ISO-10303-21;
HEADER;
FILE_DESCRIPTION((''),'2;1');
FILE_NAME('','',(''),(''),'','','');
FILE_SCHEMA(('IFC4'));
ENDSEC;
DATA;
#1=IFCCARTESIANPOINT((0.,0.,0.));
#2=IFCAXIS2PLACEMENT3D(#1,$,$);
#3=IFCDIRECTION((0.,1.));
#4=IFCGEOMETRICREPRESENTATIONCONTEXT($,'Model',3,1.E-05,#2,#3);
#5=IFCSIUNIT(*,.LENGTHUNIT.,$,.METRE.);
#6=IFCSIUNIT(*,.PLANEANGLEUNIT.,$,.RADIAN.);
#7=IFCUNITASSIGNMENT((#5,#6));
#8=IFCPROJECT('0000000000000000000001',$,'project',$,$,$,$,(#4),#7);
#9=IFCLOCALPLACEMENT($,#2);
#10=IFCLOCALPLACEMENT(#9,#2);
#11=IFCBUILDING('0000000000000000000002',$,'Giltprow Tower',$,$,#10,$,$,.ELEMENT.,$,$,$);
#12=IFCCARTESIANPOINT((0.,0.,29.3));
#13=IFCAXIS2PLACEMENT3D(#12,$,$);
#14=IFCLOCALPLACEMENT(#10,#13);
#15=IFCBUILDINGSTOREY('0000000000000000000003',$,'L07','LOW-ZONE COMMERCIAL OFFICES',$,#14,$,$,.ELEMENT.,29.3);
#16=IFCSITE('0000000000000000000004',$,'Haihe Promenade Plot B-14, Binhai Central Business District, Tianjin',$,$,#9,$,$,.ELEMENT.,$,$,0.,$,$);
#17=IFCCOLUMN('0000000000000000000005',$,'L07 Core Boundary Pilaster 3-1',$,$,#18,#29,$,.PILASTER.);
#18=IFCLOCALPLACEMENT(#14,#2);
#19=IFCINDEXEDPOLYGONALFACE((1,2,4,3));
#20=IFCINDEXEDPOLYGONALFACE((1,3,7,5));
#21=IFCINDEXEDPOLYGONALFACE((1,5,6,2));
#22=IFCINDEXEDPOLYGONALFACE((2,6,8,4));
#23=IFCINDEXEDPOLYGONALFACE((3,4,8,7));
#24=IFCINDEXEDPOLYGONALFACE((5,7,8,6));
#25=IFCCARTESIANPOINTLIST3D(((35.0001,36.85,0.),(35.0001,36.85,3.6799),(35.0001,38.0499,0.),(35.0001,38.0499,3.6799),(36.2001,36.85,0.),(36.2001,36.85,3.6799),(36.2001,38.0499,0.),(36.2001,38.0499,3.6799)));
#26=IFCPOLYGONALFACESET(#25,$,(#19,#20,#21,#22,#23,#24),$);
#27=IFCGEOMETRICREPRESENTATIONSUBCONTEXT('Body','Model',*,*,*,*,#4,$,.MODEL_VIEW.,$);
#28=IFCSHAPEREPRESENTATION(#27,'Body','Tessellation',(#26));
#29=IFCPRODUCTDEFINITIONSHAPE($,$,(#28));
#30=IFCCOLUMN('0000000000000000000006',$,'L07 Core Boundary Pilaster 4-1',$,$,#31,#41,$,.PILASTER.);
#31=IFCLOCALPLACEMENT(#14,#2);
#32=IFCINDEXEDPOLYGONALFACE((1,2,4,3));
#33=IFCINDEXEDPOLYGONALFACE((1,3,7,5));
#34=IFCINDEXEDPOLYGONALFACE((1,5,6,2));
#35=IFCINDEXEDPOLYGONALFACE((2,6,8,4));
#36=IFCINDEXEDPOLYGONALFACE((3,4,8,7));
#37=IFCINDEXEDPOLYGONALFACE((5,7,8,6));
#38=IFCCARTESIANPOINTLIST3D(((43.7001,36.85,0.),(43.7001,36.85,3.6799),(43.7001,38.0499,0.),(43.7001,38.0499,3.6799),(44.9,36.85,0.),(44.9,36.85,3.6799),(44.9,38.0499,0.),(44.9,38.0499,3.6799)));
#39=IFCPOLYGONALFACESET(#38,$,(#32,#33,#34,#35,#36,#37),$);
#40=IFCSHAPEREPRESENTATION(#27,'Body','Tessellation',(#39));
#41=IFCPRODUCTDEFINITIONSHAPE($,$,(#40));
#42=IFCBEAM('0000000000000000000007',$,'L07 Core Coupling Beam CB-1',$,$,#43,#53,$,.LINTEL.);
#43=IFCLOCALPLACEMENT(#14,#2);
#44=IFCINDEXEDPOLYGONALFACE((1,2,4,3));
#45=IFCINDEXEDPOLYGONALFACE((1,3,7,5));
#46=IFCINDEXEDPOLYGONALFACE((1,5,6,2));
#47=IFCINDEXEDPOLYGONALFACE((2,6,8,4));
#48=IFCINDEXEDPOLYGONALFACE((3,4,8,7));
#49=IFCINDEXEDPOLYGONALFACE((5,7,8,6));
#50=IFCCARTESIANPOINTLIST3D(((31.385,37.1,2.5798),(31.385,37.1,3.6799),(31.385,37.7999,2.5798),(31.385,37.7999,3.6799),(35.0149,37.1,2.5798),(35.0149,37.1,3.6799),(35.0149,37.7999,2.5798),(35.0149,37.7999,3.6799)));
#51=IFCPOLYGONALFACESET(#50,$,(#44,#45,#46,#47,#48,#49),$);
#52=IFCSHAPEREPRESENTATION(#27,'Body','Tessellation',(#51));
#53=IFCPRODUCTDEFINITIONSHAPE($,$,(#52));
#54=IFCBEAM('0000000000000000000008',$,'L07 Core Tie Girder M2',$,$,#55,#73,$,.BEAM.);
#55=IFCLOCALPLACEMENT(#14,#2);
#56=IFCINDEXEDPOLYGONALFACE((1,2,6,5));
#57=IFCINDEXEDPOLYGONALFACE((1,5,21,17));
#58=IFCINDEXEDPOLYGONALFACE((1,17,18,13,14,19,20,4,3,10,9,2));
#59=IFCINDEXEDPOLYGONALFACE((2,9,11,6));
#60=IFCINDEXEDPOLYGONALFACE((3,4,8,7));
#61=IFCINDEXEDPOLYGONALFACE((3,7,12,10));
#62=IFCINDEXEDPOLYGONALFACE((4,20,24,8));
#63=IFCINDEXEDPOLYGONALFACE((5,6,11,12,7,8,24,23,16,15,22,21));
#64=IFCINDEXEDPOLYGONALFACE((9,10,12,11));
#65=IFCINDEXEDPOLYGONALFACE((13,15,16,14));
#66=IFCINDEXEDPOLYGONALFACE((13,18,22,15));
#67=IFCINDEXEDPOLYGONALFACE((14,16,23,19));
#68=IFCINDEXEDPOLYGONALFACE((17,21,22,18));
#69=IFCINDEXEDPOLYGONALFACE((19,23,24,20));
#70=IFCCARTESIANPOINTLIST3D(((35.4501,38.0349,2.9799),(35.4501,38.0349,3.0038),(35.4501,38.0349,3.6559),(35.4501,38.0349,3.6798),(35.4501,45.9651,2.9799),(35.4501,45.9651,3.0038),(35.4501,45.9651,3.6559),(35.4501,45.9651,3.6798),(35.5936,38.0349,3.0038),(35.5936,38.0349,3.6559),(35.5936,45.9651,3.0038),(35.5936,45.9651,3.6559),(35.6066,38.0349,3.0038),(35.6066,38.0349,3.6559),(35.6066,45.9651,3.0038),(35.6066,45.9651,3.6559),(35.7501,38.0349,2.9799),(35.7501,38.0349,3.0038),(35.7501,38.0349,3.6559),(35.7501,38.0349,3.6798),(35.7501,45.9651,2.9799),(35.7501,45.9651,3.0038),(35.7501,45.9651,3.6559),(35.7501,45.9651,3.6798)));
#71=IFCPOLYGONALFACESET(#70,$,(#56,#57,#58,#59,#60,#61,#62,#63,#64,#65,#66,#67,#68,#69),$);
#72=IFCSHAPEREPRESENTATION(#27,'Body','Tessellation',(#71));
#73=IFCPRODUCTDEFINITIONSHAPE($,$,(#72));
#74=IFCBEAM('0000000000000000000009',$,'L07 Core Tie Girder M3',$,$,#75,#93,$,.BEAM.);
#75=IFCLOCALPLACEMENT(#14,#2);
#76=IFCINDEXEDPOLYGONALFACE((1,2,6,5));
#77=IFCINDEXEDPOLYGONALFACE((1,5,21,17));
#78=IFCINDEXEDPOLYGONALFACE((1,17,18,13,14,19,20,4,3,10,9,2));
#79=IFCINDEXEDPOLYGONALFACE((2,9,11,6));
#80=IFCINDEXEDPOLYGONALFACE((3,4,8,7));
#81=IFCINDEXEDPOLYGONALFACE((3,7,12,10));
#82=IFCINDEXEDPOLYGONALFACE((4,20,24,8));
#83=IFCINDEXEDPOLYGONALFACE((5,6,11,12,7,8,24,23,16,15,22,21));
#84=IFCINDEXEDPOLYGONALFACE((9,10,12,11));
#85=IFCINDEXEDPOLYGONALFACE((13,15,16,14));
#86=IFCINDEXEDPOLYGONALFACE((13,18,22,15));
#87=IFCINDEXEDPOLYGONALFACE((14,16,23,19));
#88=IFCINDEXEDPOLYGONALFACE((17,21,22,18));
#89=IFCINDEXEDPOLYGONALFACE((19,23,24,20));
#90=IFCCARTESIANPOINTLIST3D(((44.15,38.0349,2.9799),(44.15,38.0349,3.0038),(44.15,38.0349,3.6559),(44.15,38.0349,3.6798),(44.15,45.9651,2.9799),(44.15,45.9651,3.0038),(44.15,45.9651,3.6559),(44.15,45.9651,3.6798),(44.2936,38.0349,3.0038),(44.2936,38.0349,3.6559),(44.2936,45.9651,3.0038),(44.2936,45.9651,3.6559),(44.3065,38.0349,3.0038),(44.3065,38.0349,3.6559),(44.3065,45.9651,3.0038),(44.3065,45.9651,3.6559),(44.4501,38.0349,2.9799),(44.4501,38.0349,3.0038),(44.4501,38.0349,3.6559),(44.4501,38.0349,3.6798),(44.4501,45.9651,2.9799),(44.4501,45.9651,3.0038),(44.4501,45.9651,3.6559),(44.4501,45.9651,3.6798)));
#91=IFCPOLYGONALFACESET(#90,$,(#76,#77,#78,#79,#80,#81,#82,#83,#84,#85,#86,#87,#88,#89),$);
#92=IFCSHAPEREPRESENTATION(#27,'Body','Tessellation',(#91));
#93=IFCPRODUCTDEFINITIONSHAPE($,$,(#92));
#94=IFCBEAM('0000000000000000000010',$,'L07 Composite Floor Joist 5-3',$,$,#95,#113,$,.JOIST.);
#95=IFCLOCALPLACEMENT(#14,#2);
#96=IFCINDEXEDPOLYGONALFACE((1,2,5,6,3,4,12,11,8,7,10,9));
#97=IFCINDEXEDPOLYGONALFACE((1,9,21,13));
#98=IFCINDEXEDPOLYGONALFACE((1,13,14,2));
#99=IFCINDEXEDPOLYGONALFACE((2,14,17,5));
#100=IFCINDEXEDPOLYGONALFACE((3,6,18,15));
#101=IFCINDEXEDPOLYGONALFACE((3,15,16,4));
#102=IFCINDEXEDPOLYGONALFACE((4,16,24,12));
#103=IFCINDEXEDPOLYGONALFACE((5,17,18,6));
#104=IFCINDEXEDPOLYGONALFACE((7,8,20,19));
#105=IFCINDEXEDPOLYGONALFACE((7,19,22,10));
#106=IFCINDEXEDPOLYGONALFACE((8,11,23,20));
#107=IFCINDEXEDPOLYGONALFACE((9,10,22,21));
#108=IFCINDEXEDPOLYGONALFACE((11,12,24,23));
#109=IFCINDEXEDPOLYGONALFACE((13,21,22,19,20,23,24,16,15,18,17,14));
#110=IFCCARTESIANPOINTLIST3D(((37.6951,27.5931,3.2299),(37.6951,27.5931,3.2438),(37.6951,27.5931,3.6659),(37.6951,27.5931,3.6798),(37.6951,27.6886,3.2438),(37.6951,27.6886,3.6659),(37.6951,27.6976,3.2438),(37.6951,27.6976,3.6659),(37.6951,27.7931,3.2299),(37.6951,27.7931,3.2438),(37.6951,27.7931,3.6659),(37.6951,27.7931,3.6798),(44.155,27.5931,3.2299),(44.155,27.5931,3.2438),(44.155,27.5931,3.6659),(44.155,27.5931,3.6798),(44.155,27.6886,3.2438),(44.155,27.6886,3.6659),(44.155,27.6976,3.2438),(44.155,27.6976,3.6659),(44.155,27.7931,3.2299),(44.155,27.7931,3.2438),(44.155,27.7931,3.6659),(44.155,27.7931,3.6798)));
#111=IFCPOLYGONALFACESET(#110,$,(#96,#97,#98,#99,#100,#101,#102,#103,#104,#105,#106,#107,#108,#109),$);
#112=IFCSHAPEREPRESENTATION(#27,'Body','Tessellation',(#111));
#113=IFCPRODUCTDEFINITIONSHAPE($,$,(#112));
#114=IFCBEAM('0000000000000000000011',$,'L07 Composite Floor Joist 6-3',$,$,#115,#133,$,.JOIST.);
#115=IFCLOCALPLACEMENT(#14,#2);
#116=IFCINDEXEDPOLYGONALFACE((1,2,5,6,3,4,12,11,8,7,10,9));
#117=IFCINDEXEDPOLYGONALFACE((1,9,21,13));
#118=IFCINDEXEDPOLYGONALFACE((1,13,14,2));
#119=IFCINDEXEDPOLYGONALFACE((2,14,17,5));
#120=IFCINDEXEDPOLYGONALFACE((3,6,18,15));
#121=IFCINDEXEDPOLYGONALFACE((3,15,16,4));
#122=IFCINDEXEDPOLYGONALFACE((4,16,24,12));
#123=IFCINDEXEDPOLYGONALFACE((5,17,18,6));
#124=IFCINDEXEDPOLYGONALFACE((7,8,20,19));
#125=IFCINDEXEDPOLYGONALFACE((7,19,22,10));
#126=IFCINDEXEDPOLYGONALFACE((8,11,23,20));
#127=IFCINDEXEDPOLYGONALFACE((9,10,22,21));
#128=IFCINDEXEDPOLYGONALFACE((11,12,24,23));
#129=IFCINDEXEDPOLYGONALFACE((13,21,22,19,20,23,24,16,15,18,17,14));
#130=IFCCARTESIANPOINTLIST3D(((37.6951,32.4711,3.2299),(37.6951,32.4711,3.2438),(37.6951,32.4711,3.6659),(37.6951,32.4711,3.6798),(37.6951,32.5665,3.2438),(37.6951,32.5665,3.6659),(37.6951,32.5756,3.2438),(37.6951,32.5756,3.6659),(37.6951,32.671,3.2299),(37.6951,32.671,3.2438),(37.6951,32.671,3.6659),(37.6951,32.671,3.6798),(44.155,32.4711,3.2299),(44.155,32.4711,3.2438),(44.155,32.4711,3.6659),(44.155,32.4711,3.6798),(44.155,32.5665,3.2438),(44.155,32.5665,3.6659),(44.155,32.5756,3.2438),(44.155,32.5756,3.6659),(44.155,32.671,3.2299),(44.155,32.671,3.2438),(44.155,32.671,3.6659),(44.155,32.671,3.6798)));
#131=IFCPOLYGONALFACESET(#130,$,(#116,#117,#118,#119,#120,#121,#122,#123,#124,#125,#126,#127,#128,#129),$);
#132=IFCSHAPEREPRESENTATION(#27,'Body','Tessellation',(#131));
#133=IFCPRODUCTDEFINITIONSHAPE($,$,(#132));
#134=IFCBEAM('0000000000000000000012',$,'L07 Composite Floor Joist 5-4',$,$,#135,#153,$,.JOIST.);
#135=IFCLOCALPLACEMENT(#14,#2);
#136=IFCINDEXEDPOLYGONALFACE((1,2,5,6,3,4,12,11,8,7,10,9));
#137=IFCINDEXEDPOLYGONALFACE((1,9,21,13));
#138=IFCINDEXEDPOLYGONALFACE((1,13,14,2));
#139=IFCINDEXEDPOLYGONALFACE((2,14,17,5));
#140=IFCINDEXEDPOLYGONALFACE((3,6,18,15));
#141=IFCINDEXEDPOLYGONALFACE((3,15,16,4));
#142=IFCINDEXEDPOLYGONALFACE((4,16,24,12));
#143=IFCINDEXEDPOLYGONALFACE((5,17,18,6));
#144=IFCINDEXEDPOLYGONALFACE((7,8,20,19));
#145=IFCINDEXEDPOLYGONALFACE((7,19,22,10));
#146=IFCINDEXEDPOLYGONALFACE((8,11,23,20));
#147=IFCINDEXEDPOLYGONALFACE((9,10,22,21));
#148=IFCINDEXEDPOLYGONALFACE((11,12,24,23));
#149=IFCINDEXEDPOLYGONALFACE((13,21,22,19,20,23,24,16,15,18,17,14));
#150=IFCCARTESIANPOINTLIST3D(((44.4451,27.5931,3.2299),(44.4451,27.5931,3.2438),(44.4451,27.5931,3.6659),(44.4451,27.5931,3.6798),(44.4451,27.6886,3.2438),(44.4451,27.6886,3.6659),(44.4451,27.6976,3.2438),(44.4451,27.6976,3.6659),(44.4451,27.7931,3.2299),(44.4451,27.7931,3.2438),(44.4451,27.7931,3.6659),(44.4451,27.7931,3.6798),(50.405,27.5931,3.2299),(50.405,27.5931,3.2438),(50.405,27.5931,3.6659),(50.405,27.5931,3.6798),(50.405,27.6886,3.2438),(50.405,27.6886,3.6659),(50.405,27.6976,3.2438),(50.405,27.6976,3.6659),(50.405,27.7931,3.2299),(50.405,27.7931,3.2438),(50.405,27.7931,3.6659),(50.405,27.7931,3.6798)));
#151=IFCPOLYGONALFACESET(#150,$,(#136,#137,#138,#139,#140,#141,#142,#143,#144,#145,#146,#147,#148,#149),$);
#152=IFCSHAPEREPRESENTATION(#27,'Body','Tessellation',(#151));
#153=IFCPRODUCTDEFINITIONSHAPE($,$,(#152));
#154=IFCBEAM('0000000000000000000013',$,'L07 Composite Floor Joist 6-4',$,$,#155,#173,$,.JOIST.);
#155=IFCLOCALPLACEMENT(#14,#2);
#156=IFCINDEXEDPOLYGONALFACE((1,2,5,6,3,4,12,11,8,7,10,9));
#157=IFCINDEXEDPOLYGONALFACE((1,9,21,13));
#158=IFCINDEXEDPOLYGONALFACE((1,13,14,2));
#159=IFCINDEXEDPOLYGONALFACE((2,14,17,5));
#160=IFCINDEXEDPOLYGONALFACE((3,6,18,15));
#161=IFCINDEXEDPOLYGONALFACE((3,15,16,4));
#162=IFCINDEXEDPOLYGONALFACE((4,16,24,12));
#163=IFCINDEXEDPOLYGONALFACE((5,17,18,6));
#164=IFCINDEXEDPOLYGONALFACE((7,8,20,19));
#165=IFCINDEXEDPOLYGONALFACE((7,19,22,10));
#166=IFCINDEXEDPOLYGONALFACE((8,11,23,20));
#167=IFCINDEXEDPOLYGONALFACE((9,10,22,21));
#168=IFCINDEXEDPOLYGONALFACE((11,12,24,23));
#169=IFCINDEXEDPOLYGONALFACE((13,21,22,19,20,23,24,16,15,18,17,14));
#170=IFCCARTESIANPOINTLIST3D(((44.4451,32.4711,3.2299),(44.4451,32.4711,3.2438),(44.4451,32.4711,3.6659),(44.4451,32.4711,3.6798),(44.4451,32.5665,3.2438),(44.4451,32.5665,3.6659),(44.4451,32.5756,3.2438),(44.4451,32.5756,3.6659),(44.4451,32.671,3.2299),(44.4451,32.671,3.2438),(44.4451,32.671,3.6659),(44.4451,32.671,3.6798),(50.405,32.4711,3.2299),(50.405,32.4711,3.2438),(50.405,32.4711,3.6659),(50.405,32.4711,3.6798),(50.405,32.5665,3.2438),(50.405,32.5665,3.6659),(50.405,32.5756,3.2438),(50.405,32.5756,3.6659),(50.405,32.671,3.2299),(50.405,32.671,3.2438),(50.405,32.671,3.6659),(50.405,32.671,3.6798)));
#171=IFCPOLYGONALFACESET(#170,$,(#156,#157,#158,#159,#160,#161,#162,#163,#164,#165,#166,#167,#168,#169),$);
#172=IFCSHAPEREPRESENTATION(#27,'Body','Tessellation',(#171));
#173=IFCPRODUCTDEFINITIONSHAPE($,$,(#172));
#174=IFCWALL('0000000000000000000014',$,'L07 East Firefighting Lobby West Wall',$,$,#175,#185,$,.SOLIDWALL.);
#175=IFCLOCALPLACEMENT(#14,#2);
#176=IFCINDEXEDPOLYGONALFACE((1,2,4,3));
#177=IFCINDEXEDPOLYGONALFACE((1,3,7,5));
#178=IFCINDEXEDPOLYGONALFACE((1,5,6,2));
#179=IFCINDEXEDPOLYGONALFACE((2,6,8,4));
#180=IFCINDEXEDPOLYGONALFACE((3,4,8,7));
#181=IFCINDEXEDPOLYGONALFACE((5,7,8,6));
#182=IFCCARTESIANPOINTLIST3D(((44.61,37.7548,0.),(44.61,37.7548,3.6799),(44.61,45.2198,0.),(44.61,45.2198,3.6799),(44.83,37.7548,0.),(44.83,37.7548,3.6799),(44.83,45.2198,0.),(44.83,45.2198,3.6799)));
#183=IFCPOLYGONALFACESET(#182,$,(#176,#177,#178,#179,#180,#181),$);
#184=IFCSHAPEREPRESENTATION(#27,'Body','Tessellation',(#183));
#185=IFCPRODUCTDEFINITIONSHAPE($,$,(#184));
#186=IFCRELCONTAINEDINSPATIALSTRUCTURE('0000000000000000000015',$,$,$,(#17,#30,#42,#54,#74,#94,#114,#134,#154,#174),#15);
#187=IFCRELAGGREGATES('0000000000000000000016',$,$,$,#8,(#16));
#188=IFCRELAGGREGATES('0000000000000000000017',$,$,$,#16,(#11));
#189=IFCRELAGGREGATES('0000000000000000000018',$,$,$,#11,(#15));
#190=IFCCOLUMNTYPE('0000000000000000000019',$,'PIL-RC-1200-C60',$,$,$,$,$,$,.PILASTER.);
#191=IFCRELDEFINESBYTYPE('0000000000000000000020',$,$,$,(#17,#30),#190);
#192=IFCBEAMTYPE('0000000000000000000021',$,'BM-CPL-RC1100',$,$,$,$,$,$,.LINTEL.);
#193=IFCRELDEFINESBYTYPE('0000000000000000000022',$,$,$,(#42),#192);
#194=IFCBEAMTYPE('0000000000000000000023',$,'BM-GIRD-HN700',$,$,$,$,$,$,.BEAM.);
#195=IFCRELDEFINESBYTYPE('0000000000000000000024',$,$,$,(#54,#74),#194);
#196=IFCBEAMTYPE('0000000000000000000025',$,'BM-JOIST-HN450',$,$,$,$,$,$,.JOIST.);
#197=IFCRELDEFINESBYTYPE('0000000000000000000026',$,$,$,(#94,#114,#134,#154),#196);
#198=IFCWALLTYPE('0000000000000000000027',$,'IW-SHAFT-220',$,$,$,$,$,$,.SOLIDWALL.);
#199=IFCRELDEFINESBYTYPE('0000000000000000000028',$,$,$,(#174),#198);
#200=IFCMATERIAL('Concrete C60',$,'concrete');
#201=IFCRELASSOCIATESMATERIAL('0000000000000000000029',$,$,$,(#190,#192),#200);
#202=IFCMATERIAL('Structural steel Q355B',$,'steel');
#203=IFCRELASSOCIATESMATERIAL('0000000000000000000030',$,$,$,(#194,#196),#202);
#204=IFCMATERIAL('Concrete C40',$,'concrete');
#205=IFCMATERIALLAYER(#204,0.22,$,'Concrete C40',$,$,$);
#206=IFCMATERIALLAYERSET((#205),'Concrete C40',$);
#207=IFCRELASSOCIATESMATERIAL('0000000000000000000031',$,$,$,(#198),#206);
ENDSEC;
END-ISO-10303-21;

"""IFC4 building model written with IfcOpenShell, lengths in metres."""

from ifc_helpers import new_model, si_unit, direction, frame, frame_2d, origin, origin_2d, place, context, subcontext, project, spatial, rectangle, i_section, extrude, source, transform, mapped, material, layer, layer_set, material_profile, profile_set, type_object, element, save


model = new_model("IFC4")

# Units and contexts
model_context = context("Model", 3, precision=1e-05, world=origin(), true_north=direction((0.0, 1.0)))
body_context = subcontext(model_context, "Body", "Model", "MODEL_VIEW")
ifc_project = project(units=[si_unit("LENGTHUNIT", "METRE"), si_unit("PLANEANGLEUNIT", "RADIAN")], contexts=[model_context])

# Site, building, storey
site_placement = place(None, origin())
site = spatial("IfcSite", under=ifc_project, at=site_placement, Name="Haihe Promenade Plot B-14, Binhai Central Business District, Tianjin", CompositionType="ELEMENT", RefElevation=0.0)
building_placement = place(site_placement, origin())
building = spatial("IfcBuilding", under=site, at=building_placement, Name="Giltprow Tower", CompositionType="ELEMENT")
storey_placement = place(building_placement, frame((0.0, 0.0, 29.3)))
storey = spatial("IfcBuildingStorey", under=building, at=storey_placement, Name="L07", Description="LOW-ZONE COMMERCIAL OFFICES", CompositionType="ELEMENT", Elevation=29.3)

# Columns
ifc_material_1 = material(Name="Concrete C60", Category="concrete")
ifc_material_profile_1 = material_profile(ifc_material_1, rectangle(XDim=1.2, YDim=1.2, at=origin_2d()), Name="RC 1200x1200")
ifc_profile_set_1 = profile_set([ifc_material_profile_1], Name="Concrete C60")
column_type = type_object("IfcColumnType", Name="PIL-RC-1200-C60", PredefinedType="PILASTER", material=ifc_profile_set_1)
shared_shape_1 = source(origin(), body_context, "Body", "SweptSolid", [
    extrude(rectangle(XDim=1.2, YDim=1.2, at=origin_2d()), origin(), (0.0, 0.0, 1.0), 3.6799),
])
for number, where, z_axis, x_axis, name in (
    (1, (35.6001, 37.45, 0.0), (0.0, 0.0, 1.0), (1.0, 0.0, 0.0), "L07 Core Boundary Pilaster 3-1"),
    (2, (44.3, 37.45, 0.0), (0.0, 0.0, 1.0), (1.0, 0.0, 0.0), "L07 Core Boundary Pilaster 4-1"),
):
    element("IfcColumn", number, at=place(storey_placement, frame(where, z_axis=z_axis, x_axis=x_axis)), inside=storey, type_object=column_type, Name=name, PredefinedType="PILASTER", context=body_context, shape_type="MappedRepresentation", body=[
        mapped(shared_shape_1, transform((0.0, 0.0, 0.0), x_axis=(1.0, 0.0, 0.0), y_axis=(0.0, 1.0, 0.0), z_axis=(0.0, 0.0, 1.0), scale=1.0)),
    ])

# Beams
ifc_material_profile_2 = material_profile(ifc_material_1, rectangle(XDim=0.7, YDim=1.1001, at=origin_2d()), Name="RC 1100x700")
ifc_profile_set_2 = profile_set([ifc_material_profile_2], Name="Concrete C60")
beam_type_1 = type_object("IfcBeamType", Name="BM-CPL-RC1100", PredefinedType="LINTEL", material=ifc_profile_set_2)
shared_shape_2 = source(origin(), body_context, "Body", "SweptSolid", [
    extrude(rectangle(XDim=0.7, YDim=1.1001, at=origin_2d()), origin(), (0.0, 0.0, 1.0), 3.6299),
])
beam_placement = place(storey_placement, frame((31.385, 37.45, 3.1299), z_axis=(1.0, 0.0, 0.0), x_axis=(0.0, 1.0, 0.0)))
element("IfcBeam", 3, at=beam_placement, inside=storey, type_object=beam_type_1, Name="L07 Core Coupling Beam CB-1", PredefinedType="LINTEL", context=body_context, shape_type="MappedRepresentation", body=[
    mapped(shared_shape_2, transform((0.0, 0.0, 0.0), x_axis=(1.0, 0.0, 0.0), y_axis=(0.0, 1.0, 0.0), z_axis=(0.0, 0.0, 1.0), scale=1.0)),
])
ifc_material_2 = material(Name="Structural steel Q355B", Category="steel")
ifc_material_profile_3 = material_profile(ifc_material_2, i_section(OverallWidth=0.3, OverallDepth=0.7, WebThickness=0.0129, FlangeThickness=0.0239, at=origin_2d()), Name="HN 700x300x13x24")
ifc_profile_set_3 = profile_set([ifc_material_profile_3], Name="Structural steel Q355B")
beam_type_2 = type_object("IfcBeamType", Name="BM-GIRD-HN700", PredefinedType="BEAM", material=ifc_profile_set_3)
shared_shape_3 = source(origin(), body_context, "Body", "SweptSolid", [
    extrude(i_section(OverallWidth=0.3, OverallDepth=0.7, WebThickness=0.0129, FlangeThickness=0.0239, at=origin_2d()), origin(), (0.0, 0.0, 1.0), 7.9302),
])
for number, where, z_axis, x_axis, name in (
    (4, (35.6001, 38.0349, 3.3298), (0.0, 1.0, 0.0), (-1.0, 0.0, 0.0), "L07 Core Tie Girder M2"),
    (5, (44.3, 38.0349, 3.3298), (0.0, 1.0, 0.0), (-1.0, 0.0, 0.0), "L07 Core Tie Girder M3"),
):
    element("IfcBeam", number, at=place(storey_placement, frame(where, z_axis=z_axis, x_axis=x_axis)), inside=storey, type_object=beam_type_2, Name=name, PredefinedType="BEAM", context=body_context, shape_type="MappedRepresentation", body=[
        mapped(shared_shape_3, transform((0.0, 0.0, 0.0), x_axis=(1.0, 0.0, 0.0), y_axis=(0.0, 1.0, 0.0), z_axis=(0.0, 0.0, 1.0), scale=1.0)),
    ])
ifc_material_profile_4 = material_profile(ifc_material_2, i_section(OverallWidth=0.2, OverallDepth=0.45, WebThickness=0.009, FlangeThickness=0.0139, at=origin_2d()), Name="HN 450x200x9x14")
ifc_profile_set_4 = profile_set([ifc_material_profile_4], Name="Structural steel Q355B")
beam_type_3 = type_object("IfcBeamType", Name="BM-JOIST-HN450", PredefinedType="JOIST", material=ifc_profile_set_4)
shared_shape_4 = source(origin(), body_context, "Body", "SweptSolid", [
    extrude(i_section(OverallWidth=0.2, OverallDepth=0.45, WebThickness=0.009, FlangeThickness=0.0139, at=origin_2d()), origin(), (0.0, 0.0, 1.0), 6.46),
])
for number, where, z_axis, x_axis, name in (
    (6, (37.6951, 27.6931, 3.4548), (1.0, 0.0, 0.0), (0.0, 1.0, 0.0), "L07 Composite Floor Joist 5-3"),
    (7, (37.6951, 32.571, 3.4548), (1.0, 0.0, 0.0), (0.0, 1.0, 0.0), "L07 Composite Floor Joist 6-3"),
):
    element("IfcBeam", number, at=place(storey_placement, frame(where, z_axis=z_axis, x_axis=x_axis)), inside=storey, type_object=beam_type_3, Name=name, PredefinedType="JOIST", context=body_context, shape_type="MappedRepresentation", body=[
        mapped(shared_shape_4, transform((0.0, 0.0, 0.0), x_axis=(1.0, 0.0, 0.0), y_axis=(0.0, 1.0, 0.0), z_axis=(0.0, 0.0, 1.0), scale=1.0)),
    ])
shared_shape_5 = source(origin(), body_context, "Body", "SweptSolid", [
    extrude(i_section(OverallWidth=0.2, OverallDepth=0.45, WebThickness=0.009, FlangeThickness=0.0139, at=origin_2d()), origin(), (0.0, 0.0, 1.0), 5.96),
])
for number, where, z_axis, x_axis, name in (
    (8, (44.4451, 27.6931, 3.4548), (1.0, 0.0, 0.0), (0.0, 1.0, 0.0), "L07 Composite Floor Joist 5-4"),
    (9, (44.4451, 32.571, 3.4548), (1.0, 0.0, 0.0), (0.0, 1.0, 0.0), "L07 Composite Floor Joist 6-4"),
):
    element("IfcBeam", number, at=place(storey_placement, frame(where, z_axis=z_axis, x_axis=x_axis)), inside=storey, type_object=beam_type_3, Name=name, PredefinedType="JOIST", context=body_context, shape_type="MappedRepresentation", body=[
        mapped(shared_shape_5, transform((0.0, 0.0, 0.0), x_axis=(1.0, 0.0, 0.0), y_axis=(0.0, 1.0, 0.0), z_axis=(0.0, 0.0, 1.0), scale=1.0)),
    ])

# Wall
ifc_material_3 = material(Name="Concrete C40", Category="concrete")
ifc_layer_1 = layer(ifc_material_3, 0.22, Name="Concrete C40")
ifc_layer_set_1 = layer_set([ifc_layer_1], Name="Concrete C40")
wall_type_1 = type_object("IfcWallType", Name="IW-SHAFT-220", PredefinedType="SOLIDWALL", material=ifc_layer_set_1)
wall_1_placement = place(storey_placement, frame((44.72, 37.7549, 0.0), z_axis=(0.0, 0.0, 1.0), x_axis=(0.0, 1.0, 0.0)))
element("IfcWall", 10, at=wall_1_placement, inside=storey, type_object=wall_type_1, Name="L07 East Firefighting Lobby West Wall", PredefinedType="SOLIDWALL", context=body_context, shape_type="SweptSolid", body=[
    extrude(rectangle(XDim=7.4651, YDim=0.22, at=frame_2d((3.7324, 0.0))), origin(), (0.0, 0.0, 1.0), 3.6799),
])

save(model, "model.ifc")
